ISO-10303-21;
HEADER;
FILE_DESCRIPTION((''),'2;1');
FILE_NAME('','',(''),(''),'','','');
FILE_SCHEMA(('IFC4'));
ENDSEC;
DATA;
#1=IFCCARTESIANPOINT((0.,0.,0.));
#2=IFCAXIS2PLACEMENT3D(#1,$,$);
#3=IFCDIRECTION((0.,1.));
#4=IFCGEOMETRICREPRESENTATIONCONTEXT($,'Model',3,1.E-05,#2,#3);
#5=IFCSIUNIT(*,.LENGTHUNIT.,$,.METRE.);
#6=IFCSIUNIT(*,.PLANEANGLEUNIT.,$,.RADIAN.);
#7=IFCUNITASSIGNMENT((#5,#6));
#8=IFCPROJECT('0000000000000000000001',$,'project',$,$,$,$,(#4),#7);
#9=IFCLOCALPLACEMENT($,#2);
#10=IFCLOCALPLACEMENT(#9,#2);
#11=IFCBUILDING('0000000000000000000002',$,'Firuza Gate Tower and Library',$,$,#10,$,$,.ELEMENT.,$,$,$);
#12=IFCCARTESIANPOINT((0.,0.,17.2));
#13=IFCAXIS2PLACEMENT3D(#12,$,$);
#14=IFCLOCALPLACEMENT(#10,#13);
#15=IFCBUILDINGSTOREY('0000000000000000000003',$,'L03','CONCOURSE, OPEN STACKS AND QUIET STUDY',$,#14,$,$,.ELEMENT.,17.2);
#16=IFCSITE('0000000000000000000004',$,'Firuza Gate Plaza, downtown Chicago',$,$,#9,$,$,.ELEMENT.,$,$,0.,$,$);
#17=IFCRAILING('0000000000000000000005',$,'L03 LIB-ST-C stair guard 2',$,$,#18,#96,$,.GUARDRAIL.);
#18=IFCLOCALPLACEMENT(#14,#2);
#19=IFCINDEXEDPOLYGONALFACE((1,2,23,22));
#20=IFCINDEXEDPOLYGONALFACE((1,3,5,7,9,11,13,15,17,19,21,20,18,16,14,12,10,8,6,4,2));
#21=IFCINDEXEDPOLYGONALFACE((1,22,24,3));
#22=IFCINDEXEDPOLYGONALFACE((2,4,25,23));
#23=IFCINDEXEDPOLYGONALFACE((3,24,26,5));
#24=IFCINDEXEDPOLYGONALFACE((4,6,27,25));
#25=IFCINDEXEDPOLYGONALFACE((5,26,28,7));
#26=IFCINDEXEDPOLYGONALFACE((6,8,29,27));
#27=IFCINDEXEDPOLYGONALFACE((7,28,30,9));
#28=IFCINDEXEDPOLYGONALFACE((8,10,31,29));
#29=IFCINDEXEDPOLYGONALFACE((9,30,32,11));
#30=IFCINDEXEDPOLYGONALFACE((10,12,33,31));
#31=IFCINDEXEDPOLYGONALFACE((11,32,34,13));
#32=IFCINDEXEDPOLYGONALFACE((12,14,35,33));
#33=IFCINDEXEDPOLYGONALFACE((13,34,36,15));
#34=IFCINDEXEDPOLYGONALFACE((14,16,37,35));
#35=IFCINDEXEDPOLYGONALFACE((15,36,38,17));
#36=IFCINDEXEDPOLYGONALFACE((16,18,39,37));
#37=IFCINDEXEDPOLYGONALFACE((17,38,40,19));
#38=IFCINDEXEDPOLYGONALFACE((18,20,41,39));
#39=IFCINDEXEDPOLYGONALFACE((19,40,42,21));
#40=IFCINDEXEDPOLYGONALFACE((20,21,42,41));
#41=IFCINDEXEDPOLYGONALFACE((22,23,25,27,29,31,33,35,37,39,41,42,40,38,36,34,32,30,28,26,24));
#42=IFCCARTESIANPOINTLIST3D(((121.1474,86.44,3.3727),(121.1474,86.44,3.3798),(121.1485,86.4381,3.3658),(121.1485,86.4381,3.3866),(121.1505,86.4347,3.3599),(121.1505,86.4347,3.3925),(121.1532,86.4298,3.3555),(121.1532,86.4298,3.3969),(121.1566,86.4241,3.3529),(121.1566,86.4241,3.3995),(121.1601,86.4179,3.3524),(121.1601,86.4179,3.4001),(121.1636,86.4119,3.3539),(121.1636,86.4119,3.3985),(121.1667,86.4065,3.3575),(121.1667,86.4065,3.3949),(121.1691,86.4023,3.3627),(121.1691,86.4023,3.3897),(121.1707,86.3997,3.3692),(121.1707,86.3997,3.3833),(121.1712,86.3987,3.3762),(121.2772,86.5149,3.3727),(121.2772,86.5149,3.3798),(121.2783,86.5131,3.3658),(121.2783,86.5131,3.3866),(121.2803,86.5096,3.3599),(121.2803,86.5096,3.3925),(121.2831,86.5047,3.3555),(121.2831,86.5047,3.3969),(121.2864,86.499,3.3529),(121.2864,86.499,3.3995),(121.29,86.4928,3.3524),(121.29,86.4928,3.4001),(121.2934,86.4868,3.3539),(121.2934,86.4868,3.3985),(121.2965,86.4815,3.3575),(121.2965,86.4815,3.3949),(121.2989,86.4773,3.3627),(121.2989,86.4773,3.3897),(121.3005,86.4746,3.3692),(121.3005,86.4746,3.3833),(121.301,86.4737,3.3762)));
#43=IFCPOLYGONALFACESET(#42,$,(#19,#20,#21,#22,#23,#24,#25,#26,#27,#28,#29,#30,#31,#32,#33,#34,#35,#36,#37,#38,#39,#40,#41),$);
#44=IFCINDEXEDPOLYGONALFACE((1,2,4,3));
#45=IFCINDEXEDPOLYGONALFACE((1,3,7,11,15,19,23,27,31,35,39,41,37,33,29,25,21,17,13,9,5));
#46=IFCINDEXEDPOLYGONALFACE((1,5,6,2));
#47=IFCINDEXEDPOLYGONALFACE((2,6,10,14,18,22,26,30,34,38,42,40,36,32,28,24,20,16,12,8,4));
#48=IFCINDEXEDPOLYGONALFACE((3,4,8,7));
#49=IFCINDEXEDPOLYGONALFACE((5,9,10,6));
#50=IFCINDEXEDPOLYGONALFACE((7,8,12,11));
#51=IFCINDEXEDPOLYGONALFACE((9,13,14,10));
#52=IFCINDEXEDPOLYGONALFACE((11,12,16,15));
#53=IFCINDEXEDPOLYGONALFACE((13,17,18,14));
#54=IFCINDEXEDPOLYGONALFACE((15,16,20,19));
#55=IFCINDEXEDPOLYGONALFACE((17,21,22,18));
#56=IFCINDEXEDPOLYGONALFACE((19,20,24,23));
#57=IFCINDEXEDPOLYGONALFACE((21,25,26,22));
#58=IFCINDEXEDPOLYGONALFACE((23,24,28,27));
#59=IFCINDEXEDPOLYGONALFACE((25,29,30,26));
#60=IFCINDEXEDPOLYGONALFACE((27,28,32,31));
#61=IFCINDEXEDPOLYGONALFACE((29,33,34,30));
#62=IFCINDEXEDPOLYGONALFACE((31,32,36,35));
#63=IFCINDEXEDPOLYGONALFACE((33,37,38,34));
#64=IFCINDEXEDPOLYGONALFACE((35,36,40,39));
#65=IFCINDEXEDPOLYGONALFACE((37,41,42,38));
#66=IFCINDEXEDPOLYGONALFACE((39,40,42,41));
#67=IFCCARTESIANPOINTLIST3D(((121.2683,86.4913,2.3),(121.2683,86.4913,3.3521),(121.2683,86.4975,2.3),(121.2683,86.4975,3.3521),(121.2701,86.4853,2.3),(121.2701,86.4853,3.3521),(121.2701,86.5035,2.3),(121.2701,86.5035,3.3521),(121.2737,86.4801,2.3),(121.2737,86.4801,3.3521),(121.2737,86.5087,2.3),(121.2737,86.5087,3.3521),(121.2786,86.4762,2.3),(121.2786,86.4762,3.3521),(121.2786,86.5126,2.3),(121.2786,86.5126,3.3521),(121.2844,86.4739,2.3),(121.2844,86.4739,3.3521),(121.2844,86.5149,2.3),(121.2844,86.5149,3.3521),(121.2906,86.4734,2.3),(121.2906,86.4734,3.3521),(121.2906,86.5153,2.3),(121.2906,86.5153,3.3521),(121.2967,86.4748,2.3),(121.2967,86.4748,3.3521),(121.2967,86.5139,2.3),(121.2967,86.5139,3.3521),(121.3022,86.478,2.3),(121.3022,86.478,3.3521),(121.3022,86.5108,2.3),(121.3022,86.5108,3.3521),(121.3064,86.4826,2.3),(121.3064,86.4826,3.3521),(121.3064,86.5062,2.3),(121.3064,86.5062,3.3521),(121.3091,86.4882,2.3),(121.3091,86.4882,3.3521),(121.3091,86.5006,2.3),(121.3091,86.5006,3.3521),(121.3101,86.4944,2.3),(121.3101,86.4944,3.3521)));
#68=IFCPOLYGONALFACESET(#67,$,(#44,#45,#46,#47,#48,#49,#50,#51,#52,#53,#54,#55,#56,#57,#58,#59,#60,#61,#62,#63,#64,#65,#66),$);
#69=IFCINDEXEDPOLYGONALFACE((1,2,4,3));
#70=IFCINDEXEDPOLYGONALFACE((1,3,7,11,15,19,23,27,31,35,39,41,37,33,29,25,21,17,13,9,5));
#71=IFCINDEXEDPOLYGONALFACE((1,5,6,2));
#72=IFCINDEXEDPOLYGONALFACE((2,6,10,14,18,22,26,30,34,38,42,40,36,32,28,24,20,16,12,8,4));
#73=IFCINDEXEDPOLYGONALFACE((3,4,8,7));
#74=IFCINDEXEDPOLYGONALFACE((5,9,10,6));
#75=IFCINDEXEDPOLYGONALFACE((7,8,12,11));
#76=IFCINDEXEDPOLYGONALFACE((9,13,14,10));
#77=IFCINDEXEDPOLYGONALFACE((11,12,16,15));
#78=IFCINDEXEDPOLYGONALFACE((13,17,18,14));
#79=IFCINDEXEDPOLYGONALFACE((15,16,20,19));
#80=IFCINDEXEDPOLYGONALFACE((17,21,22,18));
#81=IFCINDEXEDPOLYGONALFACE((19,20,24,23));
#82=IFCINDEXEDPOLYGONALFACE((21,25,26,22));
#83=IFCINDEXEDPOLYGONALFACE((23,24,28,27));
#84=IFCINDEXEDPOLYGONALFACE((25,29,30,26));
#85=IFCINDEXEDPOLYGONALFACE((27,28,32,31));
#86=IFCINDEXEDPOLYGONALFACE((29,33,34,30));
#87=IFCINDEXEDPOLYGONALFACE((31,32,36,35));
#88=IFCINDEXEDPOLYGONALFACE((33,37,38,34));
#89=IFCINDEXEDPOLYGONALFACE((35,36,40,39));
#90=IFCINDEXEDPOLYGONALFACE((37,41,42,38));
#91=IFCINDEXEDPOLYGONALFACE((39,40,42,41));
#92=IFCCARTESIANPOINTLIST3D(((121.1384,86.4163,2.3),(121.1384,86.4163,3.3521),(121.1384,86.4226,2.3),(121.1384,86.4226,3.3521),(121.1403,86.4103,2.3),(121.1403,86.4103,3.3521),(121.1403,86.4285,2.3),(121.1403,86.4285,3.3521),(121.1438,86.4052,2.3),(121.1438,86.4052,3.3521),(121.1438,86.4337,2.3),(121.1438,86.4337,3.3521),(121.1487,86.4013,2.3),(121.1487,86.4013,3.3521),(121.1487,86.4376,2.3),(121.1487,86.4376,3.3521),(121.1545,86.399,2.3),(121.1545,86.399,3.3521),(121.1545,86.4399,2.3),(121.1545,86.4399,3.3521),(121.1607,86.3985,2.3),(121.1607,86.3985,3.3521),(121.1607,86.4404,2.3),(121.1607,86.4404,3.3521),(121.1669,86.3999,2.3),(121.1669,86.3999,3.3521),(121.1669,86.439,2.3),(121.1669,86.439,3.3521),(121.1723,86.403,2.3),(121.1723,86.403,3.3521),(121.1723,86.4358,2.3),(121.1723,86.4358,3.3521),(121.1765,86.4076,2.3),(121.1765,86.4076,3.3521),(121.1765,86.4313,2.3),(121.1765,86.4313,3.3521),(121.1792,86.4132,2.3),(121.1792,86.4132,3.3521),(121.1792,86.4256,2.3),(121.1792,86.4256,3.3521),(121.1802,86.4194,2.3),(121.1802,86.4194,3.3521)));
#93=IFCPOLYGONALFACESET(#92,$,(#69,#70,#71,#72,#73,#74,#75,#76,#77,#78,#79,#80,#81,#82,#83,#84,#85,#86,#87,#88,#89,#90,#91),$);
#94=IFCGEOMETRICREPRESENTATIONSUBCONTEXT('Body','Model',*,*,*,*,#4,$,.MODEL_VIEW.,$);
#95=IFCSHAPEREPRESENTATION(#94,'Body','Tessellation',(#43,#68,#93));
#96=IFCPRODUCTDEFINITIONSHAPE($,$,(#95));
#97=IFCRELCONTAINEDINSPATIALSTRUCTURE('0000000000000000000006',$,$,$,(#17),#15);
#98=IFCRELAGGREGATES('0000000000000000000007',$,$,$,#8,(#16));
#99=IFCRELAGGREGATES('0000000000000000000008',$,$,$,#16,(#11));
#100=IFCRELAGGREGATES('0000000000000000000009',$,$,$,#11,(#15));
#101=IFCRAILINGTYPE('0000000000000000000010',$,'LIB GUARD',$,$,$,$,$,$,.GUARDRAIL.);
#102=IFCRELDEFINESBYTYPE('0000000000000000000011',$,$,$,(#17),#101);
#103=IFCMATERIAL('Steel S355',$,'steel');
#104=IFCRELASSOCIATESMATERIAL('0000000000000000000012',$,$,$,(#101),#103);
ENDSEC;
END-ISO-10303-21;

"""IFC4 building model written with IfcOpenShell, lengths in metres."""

from ifc_helpers import new_model, si_unit, direction, frame, origin, origin_2d, place, context, subcontext, project, spatial, circle, extrude, material, type_object, element, save


model = new_model("IFC4")

# Units and contexts
model_context = context("Model", 3, precision=1e-05, world=origin(), true_north=direction((0.0, 1.0)))
body_context = subcontext(model_context, "Body", "Model", "MODEL_VIEW")
ifc_project = project(units=[si_unit("LENGTHUNIT", "METRE"), si_unit("PLANEANGLEUNIT", "RADIAN")], contexts=[model_context])

# Site, building, storey
site_placement = place(None, origin())
site = spatial("IfcSite", under=ifc_project, at=site_placement, Name="Firuza Gate Plaza, downtown Chicago", CompositionType="ELEMENT", RefElevation=0.0)
building_placement = place(site_placement, origin())
building = spatial("IfcBuilding", under=site, at=building_placement, Name="Firuza Gate Tower and Library", CompositionType="ELEMENT")
storey_placement = place(building_placement, frame((0.0, 0.0, 17.2)))
storey = spatial("IfcBuildingStorey", under=building, at=storey_placement, Name="L03", Description="CONCOURSE, OPEN STACKS AND QUIET STUDY", CompositionType="ELEMENT", Elevation=17.2)

# Railing
ifc_material_1 = material(Name="Steel S355", Category="steel")
railing_type = type_object("IfcRailingType", Name="LIB GUARD", PredefinedType="GUARDRAIL", material=ifc_material_1)
railing_1_placement = place(storey_placement, frame((121.2891, 86.4944, 2.3)))
element("IfcRailing", 1, at=railing_1_placement, inside=storey, type_object=railing_type, Name="L03 LIB-ST-C stair guard 2", PredefinedType="GUARDRAIL", context=body_context, shape_type="SweptSolid", body=[
    extrude(circle(Radius=0.0239, at=origin_2d()), frame((0.0, 0.0, 1.0762), z_axis=(-0.866131, -0.499816, 0.0), x_axis=(0.499816, -0.866131, 0.0)), (0.0, 0.0, 1.0), 0.1499),
    extrude(circle(Radius=0.021, at=origin_2d()), origin(), (0.0, 0.0, 1.0), 1.052),
    extrude(circle(Radius=0.021, at=origin_2d()), frame((-0.1299, -0.075, 0.0)), (0.0, 0.0, 1.0), 1.052),
])

save(model, "model.ifc")
